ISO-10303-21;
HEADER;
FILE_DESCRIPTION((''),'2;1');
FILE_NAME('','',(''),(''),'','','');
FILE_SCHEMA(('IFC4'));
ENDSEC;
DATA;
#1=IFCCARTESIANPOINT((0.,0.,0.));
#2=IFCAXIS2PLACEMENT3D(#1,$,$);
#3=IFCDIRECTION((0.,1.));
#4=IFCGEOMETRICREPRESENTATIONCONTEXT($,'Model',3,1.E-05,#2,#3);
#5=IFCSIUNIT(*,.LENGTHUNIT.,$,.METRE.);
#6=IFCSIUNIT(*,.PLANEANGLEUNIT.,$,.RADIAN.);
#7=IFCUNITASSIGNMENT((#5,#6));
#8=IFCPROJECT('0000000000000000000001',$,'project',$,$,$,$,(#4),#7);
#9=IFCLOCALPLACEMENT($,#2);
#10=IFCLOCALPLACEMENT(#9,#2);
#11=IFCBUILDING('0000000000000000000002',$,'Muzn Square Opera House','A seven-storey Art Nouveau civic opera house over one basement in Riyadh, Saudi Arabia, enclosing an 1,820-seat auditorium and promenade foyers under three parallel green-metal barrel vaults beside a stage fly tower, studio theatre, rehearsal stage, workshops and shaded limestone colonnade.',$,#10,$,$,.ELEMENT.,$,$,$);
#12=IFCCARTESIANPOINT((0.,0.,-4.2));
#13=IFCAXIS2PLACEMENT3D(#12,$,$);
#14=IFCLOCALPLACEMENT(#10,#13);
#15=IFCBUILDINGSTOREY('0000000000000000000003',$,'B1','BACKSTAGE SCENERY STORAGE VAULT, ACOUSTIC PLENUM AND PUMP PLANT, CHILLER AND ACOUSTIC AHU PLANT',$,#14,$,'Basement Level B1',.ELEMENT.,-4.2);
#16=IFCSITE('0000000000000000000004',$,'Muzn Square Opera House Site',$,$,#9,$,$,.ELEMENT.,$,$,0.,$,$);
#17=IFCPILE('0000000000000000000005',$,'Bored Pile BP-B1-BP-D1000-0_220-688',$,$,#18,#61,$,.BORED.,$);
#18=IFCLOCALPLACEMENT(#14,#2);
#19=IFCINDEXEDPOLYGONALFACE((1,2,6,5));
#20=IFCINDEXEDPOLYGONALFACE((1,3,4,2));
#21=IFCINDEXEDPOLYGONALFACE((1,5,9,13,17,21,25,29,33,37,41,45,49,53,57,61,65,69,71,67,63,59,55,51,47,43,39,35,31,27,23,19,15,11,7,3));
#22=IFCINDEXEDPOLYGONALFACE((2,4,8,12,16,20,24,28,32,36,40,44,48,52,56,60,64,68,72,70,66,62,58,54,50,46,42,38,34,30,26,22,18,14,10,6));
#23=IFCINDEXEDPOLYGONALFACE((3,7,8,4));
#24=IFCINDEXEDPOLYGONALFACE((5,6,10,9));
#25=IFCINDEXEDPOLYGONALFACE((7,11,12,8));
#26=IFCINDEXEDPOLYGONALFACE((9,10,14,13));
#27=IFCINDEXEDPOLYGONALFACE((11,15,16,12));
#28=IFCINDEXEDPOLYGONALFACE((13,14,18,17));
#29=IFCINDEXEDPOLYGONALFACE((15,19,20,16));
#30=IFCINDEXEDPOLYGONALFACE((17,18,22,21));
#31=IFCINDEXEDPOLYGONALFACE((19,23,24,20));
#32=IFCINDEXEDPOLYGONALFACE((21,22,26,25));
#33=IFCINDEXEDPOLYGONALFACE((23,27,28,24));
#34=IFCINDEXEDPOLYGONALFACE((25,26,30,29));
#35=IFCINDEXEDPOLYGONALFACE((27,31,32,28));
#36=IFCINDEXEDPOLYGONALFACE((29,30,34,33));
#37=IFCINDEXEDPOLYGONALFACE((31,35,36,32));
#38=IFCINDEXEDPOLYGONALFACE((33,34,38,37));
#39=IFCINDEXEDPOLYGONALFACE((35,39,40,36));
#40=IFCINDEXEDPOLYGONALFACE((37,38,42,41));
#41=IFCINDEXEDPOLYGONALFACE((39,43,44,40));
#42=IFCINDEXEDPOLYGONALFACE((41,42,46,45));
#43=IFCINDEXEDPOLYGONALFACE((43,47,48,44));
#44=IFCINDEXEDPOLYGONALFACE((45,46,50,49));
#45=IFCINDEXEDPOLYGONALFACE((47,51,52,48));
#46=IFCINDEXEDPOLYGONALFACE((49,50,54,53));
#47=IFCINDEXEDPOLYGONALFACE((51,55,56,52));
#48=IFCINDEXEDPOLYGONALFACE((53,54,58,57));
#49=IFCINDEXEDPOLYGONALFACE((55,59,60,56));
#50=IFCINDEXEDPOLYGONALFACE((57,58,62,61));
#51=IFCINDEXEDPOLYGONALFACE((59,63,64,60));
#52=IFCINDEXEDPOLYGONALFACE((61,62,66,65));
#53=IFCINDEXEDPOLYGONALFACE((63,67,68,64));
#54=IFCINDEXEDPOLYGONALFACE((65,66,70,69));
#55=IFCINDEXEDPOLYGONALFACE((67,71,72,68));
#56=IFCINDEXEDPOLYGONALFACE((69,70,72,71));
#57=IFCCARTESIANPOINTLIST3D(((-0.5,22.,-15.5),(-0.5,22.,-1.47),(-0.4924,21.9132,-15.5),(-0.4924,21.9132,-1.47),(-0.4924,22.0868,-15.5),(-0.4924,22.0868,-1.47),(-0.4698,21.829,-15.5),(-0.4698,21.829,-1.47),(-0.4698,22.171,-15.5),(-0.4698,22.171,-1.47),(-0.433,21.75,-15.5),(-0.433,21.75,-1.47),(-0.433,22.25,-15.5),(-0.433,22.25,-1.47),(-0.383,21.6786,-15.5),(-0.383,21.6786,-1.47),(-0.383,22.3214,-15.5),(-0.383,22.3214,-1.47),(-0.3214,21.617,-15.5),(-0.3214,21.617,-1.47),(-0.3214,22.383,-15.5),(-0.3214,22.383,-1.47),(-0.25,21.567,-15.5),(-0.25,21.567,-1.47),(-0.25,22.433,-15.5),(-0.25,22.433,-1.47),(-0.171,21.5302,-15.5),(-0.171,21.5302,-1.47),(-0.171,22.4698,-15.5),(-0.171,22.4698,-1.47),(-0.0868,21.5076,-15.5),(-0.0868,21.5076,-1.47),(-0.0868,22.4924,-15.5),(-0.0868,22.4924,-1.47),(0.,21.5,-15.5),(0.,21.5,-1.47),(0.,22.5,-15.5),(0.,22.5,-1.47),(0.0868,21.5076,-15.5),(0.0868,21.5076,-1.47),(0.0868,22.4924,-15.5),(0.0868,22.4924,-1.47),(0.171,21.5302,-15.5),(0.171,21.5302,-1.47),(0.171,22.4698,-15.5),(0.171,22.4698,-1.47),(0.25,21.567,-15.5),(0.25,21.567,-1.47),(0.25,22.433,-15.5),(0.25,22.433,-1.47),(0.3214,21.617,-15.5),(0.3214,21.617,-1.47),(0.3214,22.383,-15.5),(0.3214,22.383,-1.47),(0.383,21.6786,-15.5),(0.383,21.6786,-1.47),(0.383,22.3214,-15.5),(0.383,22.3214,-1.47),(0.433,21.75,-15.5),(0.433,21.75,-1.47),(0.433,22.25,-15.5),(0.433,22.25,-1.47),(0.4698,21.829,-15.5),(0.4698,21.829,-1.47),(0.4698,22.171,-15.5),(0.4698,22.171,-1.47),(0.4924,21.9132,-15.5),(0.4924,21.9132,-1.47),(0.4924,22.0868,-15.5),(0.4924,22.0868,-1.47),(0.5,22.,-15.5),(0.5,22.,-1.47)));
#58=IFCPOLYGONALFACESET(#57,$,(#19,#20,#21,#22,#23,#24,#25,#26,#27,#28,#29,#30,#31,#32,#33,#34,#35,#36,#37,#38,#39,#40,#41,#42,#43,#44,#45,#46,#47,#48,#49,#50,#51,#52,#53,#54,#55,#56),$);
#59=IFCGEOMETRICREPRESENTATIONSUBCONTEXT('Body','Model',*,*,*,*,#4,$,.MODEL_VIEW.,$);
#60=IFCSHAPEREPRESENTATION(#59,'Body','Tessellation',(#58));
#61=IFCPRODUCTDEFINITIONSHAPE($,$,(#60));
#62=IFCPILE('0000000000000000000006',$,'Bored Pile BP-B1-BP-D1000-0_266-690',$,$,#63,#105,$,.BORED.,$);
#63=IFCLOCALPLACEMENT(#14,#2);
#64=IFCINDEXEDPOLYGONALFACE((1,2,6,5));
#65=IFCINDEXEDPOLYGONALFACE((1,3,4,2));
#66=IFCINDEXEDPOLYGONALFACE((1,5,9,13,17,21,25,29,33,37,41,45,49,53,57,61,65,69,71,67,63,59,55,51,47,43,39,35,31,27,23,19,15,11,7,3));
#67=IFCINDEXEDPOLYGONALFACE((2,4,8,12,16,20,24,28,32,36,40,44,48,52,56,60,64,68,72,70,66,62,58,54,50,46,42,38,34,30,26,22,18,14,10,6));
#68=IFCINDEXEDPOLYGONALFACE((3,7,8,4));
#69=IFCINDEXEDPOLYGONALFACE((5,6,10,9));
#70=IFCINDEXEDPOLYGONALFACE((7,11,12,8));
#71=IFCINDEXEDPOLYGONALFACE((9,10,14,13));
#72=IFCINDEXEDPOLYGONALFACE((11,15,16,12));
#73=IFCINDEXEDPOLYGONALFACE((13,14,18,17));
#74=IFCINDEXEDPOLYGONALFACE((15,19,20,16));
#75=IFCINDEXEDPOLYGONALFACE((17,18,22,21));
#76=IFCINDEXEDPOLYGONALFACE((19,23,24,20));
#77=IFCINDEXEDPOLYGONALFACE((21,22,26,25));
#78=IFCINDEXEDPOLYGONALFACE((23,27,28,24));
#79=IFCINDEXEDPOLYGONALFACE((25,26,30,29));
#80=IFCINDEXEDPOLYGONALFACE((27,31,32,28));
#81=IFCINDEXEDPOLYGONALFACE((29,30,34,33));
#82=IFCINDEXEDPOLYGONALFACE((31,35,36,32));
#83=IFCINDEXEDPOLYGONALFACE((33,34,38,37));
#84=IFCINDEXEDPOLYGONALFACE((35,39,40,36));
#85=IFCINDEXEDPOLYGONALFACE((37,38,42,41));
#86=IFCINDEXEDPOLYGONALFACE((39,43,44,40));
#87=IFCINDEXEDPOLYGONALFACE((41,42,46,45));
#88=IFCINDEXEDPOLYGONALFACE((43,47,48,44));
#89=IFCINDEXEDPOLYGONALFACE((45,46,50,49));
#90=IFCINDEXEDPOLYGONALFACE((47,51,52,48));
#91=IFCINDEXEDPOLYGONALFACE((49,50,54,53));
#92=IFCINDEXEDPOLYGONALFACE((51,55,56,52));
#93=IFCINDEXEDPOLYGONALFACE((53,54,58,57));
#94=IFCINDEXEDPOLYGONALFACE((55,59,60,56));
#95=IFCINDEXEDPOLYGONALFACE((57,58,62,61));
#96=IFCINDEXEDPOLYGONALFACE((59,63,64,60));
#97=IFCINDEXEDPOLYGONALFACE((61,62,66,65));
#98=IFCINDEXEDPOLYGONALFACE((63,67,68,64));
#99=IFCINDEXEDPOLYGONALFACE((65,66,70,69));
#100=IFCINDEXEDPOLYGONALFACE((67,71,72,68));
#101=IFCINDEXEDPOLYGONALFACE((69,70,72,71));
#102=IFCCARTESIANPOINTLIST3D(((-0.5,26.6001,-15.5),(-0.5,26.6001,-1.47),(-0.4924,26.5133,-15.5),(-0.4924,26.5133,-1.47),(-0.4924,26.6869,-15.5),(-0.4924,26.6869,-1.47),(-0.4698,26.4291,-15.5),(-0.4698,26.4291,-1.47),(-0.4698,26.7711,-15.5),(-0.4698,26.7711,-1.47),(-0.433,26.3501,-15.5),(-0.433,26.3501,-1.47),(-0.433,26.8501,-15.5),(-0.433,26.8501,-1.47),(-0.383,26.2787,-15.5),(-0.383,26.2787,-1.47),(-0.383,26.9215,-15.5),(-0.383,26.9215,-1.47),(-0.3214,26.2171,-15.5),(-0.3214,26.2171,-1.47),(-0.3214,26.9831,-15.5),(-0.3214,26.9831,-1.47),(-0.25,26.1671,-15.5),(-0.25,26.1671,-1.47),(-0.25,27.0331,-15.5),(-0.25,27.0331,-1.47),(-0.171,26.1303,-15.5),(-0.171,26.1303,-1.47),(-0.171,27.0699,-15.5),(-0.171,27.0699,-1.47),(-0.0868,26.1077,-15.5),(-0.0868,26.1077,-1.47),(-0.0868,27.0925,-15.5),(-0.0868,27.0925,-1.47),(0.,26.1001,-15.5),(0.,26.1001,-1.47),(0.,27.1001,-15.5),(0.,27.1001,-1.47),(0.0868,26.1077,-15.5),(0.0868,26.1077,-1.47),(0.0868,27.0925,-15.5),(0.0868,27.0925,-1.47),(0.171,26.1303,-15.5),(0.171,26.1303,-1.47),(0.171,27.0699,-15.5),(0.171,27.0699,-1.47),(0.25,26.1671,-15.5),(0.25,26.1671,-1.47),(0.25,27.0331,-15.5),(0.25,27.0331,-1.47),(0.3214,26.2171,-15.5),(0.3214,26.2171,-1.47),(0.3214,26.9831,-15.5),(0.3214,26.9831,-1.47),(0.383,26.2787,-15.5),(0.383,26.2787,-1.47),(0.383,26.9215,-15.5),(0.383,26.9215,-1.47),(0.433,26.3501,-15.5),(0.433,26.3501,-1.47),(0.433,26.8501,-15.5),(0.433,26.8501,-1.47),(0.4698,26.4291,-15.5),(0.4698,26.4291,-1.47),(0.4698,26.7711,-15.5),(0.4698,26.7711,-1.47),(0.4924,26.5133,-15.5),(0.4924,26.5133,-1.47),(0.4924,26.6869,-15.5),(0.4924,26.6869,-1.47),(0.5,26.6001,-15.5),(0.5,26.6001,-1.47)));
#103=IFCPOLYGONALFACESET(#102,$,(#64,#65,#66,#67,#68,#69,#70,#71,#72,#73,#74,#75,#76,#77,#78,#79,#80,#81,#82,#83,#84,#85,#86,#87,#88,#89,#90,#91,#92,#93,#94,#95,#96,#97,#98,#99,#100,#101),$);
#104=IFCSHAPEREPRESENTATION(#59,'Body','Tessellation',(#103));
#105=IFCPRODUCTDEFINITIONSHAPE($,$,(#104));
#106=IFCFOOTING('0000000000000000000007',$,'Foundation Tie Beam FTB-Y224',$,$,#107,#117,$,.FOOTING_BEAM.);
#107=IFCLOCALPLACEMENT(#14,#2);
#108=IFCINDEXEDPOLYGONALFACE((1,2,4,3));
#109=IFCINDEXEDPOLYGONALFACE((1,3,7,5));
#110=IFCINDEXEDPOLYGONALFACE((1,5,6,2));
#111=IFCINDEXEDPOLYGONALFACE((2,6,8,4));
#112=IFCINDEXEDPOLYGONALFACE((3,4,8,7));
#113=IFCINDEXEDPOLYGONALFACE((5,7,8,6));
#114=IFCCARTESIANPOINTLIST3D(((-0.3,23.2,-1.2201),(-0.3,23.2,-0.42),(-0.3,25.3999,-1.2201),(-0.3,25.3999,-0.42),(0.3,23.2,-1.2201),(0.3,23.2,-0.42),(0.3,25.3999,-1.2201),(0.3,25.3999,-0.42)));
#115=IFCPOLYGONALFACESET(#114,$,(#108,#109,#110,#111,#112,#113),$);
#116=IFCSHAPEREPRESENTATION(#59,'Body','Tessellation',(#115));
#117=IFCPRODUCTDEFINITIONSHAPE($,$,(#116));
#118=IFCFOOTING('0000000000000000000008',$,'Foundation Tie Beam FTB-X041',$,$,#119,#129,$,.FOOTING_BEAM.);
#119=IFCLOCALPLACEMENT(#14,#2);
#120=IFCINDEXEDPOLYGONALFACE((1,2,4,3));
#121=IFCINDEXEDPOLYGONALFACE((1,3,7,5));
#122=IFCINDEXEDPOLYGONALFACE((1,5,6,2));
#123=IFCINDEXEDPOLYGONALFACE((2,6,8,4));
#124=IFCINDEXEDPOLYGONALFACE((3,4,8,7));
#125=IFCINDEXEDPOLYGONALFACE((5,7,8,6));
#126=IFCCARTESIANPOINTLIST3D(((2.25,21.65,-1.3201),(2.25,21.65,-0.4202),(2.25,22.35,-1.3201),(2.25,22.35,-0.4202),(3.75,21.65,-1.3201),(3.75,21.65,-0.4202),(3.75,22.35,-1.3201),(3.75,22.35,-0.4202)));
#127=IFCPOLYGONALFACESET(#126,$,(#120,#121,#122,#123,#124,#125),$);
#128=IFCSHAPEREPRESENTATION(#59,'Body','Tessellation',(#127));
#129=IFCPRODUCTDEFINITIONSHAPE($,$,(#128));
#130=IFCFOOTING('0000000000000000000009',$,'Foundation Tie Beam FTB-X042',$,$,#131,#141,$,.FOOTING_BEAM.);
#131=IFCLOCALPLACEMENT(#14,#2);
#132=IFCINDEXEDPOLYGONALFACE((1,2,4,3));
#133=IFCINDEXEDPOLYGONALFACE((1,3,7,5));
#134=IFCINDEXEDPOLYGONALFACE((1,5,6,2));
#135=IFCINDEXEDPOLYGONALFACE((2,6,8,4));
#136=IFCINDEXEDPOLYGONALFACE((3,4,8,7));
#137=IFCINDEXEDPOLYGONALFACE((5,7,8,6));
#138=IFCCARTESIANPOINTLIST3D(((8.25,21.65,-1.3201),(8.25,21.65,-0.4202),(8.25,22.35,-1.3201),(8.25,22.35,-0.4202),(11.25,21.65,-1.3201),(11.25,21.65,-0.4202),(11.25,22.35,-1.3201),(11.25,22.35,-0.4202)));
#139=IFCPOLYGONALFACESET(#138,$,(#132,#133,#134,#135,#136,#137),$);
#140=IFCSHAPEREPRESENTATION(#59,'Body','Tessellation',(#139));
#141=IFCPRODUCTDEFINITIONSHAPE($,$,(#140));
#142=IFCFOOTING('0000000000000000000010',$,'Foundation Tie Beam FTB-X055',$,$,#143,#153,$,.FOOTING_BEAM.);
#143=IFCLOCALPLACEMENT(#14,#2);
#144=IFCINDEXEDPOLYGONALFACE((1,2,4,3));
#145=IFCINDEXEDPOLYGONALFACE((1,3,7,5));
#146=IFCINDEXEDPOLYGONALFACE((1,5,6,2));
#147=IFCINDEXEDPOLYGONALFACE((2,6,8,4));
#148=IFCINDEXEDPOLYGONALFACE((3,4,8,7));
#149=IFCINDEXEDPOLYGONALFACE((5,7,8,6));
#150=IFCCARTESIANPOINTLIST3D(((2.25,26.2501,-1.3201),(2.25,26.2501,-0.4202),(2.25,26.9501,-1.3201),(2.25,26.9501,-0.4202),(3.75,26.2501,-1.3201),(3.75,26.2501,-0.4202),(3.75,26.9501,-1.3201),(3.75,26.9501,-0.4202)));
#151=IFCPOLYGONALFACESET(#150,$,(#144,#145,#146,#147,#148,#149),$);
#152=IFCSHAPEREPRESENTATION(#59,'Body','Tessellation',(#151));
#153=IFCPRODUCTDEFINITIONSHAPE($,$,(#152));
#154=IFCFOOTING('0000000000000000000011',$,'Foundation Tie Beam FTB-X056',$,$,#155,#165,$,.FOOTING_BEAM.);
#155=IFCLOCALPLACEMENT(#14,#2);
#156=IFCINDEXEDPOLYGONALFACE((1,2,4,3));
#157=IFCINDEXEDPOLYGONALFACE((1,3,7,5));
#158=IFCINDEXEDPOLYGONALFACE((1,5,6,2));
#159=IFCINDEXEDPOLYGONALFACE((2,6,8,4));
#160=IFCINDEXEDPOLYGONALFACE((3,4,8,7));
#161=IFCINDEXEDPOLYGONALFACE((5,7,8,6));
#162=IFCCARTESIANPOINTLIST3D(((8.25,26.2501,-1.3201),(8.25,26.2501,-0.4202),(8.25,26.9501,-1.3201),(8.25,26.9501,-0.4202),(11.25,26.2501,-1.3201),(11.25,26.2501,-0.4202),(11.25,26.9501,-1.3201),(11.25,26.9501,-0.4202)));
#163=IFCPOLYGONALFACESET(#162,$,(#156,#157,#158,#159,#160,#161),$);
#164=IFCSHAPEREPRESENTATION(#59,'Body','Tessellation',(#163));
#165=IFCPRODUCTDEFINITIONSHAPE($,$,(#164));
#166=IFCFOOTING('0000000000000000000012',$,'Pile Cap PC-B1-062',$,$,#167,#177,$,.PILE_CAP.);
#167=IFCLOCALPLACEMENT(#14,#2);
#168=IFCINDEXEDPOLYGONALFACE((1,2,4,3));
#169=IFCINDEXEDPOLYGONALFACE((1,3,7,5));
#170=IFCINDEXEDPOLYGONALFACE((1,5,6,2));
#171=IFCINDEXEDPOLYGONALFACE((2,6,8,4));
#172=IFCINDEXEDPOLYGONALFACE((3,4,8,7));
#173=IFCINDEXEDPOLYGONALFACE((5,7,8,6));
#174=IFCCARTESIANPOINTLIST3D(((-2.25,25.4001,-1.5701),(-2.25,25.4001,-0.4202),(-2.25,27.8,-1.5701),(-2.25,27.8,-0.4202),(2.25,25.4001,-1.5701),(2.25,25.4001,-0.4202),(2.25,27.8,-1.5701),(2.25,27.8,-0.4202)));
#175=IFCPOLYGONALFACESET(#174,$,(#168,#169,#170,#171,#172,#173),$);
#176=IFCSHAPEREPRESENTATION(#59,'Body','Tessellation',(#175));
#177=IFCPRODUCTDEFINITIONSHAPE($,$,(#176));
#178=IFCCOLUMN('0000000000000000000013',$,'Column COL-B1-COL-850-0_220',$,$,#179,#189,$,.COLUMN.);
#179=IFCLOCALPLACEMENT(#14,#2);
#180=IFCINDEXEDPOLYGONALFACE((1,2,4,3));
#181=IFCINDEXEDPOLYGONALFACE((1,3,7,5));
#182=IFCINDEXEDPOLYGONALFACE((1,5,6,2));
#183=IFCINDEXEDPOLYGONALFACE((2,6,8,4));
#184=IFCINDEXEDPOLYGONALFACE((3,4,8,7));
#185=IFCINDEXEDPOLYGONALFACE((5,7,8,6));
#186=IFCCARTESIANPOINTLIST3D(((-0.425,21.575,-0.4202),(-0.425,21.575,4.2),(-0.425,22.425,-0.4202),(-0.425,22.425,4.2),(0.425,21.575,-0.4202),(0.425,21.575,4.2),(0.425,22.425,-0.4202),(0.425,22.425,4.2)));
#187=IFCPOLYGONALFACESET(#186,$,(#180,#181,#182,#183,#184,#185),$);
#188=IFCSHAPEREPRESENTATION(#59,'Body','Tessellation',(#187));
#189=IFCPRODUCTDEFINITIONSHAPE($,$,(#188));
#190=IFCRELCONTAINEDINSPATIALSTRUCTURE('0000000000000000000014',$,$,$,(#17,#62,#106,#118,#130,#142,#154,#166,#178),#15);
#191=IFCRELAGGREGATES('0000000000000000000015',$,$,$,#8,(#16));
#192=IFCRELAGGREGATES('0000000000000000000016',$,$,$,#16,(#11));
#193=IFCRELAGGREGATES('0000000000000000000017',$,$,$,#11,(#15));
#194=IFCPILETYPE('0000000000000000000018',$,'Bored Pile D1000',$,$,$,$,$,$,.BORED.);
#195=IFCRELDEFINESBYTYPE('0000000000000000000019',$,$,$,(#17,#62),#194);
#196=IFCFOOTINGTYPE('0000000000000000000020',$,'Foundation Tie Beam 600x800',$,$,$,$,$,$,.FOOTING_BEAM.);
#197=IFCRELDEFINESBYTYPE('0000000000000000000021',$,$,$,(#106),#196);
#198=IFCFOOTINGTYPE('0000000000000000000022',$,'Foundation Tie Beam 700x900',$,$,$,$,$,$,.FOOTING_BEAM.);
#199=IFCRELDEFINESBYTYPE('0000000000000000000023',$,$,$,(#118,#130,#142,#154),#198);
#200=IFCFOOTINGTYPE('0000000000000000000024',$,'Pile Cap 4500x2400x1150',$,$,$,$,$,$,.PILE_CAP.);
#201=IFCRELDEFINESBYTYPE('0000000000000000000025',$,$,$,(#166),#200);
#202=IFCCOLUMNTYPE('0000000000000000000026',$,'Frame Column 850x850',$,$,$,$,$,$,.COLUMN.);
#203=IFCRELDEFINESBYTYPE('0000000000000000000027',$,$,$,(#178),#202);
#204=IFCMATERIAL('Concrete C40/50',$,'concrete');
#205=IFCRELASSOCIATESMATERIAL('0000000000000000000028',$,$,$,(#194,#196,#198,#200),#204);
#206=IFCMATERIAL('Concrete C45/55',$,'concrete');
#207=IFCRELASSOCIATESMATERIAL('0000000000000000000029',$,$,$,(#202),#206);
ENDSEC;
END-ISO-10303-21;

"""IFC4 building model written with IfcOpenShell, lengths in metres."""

from ifc_helpers import new_model, si_unit, direction, frame, origin, origin_2d, place, context, subcontext, project, spatial, rectangle, circle, extrude, material, material_profile, profile_set, type_object, element, save


model = new_model("IFC4")

# Units and contexts
model_context = context("Model", 3, precision=1e-05, world=origin(), true_north=direction((0.0, 1.0)))
body_context = subcontext(model_context, "Body", "Model", "MODEL_VIEW")
ifc_project = project(units=[si_unit("LENGTHUNIT", "METRE"), si_unit("PLANEANGLEUNIT", "RADIAN")], contexts=[model_context])

# Site, building, storey
site_placement = place(None, origin())
site = spatial("IfcSite", under=ifc_project, at=site_placement, Name="Muzn Square Opera House Site", CompositionType="ELEMENT", RefElevation=0.0)
building_placement = place(site_placement, origin())
building = spatial("IfcBuilding", under=site, at=building_placement, Name="Muzn Square Opera House", Description="A seven-storey Art Nouveau civic opera house over one basement in Riyadh, Saudi Arabia, enclosing an 1,820-seat auditorium and promenade foyers under three parallel green-metal barrel vaults beside a stage fly tower, studio theatre, rehearsal stage, workshops and shaded limestone colonnade.", CompositionType="ELEMENT")
storey_placement = place(building_placement, frame((0.0, 0.0, -4.2)))
storey = spatial("IfcBuildingStorey", under=building, at=storey_placement, Name="B1", Description="BACKSTAGE SCENERY STORAGE VAULT, ACOUSTIC PLENUM AND PUMP PLANT, CHILLER AND ACOUSTIC AHU PLANT", LongName="Basement Level B1", CompositionType="ELEMENT", Elevation=-4.2)

# Piles
ifc_material_1 = material(Name="Concrete C40/50", Category="concrete")
ifc_material_profile_1 = material_profile(ifc_material_1, circle(Radius=0.5, at=origin_2d()), Name="BORED PILE D1000", Category="concrete")
ifc_profile_set_1 = profile_set([ifc_material_profile_1], Name="Concrete C40/50")
pile_type = type_object("IfcPileType", Name="Bored Pile D1000", PredefinedType="BORED", material=ifc_profile_set_1)
for number, where, z_axis, x_axis, name in (
    (1, (0.0, 22.0, -1.47), (0.0, 0.0, -1.0), (1.0, 0.0, 0.0), "Bored Pile BP-B1-BP-D1000-0_220-688"),
    (2, (0.0, 26.6001, -1.47), (0.0, 0.0, -1.0), (1.0, 0.0, 0.0), "Bored Pile BP-B1-BP-D1000-0_266-690"),
):
    element("IfcPile", number, at=place(storey_placement, frame(where, z_axis=z_axis, x_axis=x_axis)), inside=storey, type_object=pile_type, Name=name, PredefinedType="BORED", context=body_context, shape_type="SweptSolid", body=[
        extrude(circle(Radius=0.5, at=origin_2d()), origin(), (0.0, 0.0, 1.0), 14.03),
    ])

# Footings
ifc_material_profile_2 = material_profile(ifc_material_1, rectangle(XDim=0.6001, YDim=0.8, at=origin_2d()), Name="RCTB 600x800", Category="concrete")
ifc_profile_set_2 = profile_set([ifc_material_profile_2], Name="Concrete C40/50")
footing_type_1 = type_object("IfcFootingType", Name="Foundation Tie Beam 600x800", PredefinedType="FOOTING_BEAM", material=ifc_profile_set_2)
footing_1_placement = place(storey_placement, frame((0.0, 23.2, -0.8201), z_axis=(0.0, 1.0, 0.0), x_axis=(-1.0, 0.0, 0.0)))
element("IfcFooting", 3, at=footing_1_placement, inside=storey, type_object=footing_type_1, Name="Foundation Tie Beam FTB-Y224", PredefinedType="FOOTING_BEAM", context=body_context, shape_type="SweptSolid", body=[
    extrude(rectangle(XDim=0.6001, YDim=0.8, at=origin_2d()), origin(), (0.0, 0.0, 1.0), 2.2),
])
ifc_material_profile_3 = material_profile(ifc_material_1, rectangle(XDim=0.7, YDim=0.8999, at=origin_2d()), Name="RCTB 700x900", Category="concrete")
ifc_profile_set_3 = profile_set([ifc_material_profile_3], Name="Concrete C40/50")
footing_type_2 = type_object("IfcFootingType", Name="Foundation Tie Beam 700x900", PredefinedType="FOOTING_BEAM", material=ifc_profile_set_3)
footing_2_placement = place(storey_placement, frame((2.25, 22.0, -0.8701), z_axis=(1.0, 0.0, 0.0), x_axis=(0.0, 1.0, 0.0)))
element("IfcFooting", 4, at=footing_2_placement, inside=storey, type_object=footing_type_2, Name="Foundation Tie Beam FTB-X041", PredefinedType="FOOTING_BEAM", context=body_context, shape_type="SweptSolid", body=[
    extrude(rectangle(XDim=0.7, YDim=0.8999, at=origin_2d()), origin(), (0.0, 0.0, 1.0), 1.5),
])
footing_3_placement = place(storey_placement, frame((8.25, 22.0, -0.8701), z_axis=(1.0, 0.0, 0.0), x_axis=(0.0, 1.0, 0.0)))
element("IfcFooting", 5, at=footing_3_placement, inside=storey, type_object=footing_type_2, Name="Foundation Tie Beam FTB-X042", PredefinedType="FOOTING_BEAM", context=body_context, shape_type="SweptSolid", body=[
    extrude(rectangle(XDim=0.7, YDim=0.8999, at=origin_2d()), origin(), (0.0, 0.0, 1.0), 3.0),
])
footing_4_placement = place(storey_placement, frame((2.25, 26.6001, -0.8701), z_axis=(1.0, 0.0, 0.0), x_axis=(0.0, 1.0, 0.0)))
element("IfcFooting", 6, at=footing_4_placement, inside=storey, type_object=footing_type_2, Name="Foundation Tie Beam FTB-X055", PredefinedType="FOOTING_BEAM", context=body_context, shape_type="SweptSolid", body=[
    extrude(rectangle(XDim=0.7, YDim=0.8999, at=origin_2d()), origin(), (0.0, 0.0, 1.0), 1.5),
])
footing_5_placement = place(storey_placement, frame((8.25, 26.6001, -0.8701), z_axis=(1.0, 0.0, 0.0), x_axis=(0.0, 1.0, 0.0)))
element("IfcFooting", 7, at=footing_5_placement, inside=storey, type_object=footing_type_2, Name="Foundation Tie Beam FTB-X056", PredefinedType="FOOTING_BEAM", context=body_context, shape_type="SweptSolid", body=[
    extrude(rectangle(XDim=0.7, YDim=0.8999, at=origin_2d()), origin(), (0.0, 0.0, 1.0), 3.0),
])
footing_type_3 = type_object("IfcFootingType", Name="Pile Cap 4500x2400x1150", PredefinedType="PILE_CAP", material=ifc_material_1)
footing_6_placement = place(storey_placement, frame((0.0, 26.6001, -1.5701), z_axis=(0.0, 0.0, 1.0), x_axis=(1.0, 0.0, 0.0)))
element("IfcFooting", 8, at=footing_6_placement, inside=storey, type_object=footing_type_3, Name="Pile Cap PC-B1-062", PredefinedType="PILE_CAP", context=body_context, shape_type="SweptSolid", body=[
    extrude(rectangle(XDim=4.5, YDim=2.3999, at=origin_2d()), origin(), (0.0, 0.0, 1.0), 1.1499),
])

# Column
ifc_material_2 = material(Name="Concrete C45/55", Category="concrete")
ifc_material_profile_4 = material_profile(ifc_material_2, rectangle(XDim=0.8501, YDim=0.8501, at=origin_2d()), Name="RC 850x850", Category="concrete")
ifc_profile_set_4 = profile_set([ifc_material_profile_4], Name="Concrete C45/55")
column_type_1 = type_object("IfcColumnType", Name="Frame Column 850x850", PredefinedType="COLUMN", material=ifc_profile_set_4)
for number, where, z_axis, x_axis, name in (
    (9, (0.0, 22.0, -0.4202), (0.0, 0.0, 1.0), (1.0, 0.0, 0.0), "Column COL-B1-COL-850-0_220"),
):
    element("IfcColumn", number, at=place(storey_placement, frame(where, z_axis=z_axis, x_axis=x_axis)), inside=storey, type_object=column_type_1, Name=name, PredefinedType="COLUMN", context=body_context, shape_type="SweptSolid", body=[
        extrude(rectangle(XDim=0.8501, YDim=0.8501, at=origin_2d()), origin(), (0.0, 0.0, 1.0), 4.6201),
    ])

save(model, "model.ifc")
